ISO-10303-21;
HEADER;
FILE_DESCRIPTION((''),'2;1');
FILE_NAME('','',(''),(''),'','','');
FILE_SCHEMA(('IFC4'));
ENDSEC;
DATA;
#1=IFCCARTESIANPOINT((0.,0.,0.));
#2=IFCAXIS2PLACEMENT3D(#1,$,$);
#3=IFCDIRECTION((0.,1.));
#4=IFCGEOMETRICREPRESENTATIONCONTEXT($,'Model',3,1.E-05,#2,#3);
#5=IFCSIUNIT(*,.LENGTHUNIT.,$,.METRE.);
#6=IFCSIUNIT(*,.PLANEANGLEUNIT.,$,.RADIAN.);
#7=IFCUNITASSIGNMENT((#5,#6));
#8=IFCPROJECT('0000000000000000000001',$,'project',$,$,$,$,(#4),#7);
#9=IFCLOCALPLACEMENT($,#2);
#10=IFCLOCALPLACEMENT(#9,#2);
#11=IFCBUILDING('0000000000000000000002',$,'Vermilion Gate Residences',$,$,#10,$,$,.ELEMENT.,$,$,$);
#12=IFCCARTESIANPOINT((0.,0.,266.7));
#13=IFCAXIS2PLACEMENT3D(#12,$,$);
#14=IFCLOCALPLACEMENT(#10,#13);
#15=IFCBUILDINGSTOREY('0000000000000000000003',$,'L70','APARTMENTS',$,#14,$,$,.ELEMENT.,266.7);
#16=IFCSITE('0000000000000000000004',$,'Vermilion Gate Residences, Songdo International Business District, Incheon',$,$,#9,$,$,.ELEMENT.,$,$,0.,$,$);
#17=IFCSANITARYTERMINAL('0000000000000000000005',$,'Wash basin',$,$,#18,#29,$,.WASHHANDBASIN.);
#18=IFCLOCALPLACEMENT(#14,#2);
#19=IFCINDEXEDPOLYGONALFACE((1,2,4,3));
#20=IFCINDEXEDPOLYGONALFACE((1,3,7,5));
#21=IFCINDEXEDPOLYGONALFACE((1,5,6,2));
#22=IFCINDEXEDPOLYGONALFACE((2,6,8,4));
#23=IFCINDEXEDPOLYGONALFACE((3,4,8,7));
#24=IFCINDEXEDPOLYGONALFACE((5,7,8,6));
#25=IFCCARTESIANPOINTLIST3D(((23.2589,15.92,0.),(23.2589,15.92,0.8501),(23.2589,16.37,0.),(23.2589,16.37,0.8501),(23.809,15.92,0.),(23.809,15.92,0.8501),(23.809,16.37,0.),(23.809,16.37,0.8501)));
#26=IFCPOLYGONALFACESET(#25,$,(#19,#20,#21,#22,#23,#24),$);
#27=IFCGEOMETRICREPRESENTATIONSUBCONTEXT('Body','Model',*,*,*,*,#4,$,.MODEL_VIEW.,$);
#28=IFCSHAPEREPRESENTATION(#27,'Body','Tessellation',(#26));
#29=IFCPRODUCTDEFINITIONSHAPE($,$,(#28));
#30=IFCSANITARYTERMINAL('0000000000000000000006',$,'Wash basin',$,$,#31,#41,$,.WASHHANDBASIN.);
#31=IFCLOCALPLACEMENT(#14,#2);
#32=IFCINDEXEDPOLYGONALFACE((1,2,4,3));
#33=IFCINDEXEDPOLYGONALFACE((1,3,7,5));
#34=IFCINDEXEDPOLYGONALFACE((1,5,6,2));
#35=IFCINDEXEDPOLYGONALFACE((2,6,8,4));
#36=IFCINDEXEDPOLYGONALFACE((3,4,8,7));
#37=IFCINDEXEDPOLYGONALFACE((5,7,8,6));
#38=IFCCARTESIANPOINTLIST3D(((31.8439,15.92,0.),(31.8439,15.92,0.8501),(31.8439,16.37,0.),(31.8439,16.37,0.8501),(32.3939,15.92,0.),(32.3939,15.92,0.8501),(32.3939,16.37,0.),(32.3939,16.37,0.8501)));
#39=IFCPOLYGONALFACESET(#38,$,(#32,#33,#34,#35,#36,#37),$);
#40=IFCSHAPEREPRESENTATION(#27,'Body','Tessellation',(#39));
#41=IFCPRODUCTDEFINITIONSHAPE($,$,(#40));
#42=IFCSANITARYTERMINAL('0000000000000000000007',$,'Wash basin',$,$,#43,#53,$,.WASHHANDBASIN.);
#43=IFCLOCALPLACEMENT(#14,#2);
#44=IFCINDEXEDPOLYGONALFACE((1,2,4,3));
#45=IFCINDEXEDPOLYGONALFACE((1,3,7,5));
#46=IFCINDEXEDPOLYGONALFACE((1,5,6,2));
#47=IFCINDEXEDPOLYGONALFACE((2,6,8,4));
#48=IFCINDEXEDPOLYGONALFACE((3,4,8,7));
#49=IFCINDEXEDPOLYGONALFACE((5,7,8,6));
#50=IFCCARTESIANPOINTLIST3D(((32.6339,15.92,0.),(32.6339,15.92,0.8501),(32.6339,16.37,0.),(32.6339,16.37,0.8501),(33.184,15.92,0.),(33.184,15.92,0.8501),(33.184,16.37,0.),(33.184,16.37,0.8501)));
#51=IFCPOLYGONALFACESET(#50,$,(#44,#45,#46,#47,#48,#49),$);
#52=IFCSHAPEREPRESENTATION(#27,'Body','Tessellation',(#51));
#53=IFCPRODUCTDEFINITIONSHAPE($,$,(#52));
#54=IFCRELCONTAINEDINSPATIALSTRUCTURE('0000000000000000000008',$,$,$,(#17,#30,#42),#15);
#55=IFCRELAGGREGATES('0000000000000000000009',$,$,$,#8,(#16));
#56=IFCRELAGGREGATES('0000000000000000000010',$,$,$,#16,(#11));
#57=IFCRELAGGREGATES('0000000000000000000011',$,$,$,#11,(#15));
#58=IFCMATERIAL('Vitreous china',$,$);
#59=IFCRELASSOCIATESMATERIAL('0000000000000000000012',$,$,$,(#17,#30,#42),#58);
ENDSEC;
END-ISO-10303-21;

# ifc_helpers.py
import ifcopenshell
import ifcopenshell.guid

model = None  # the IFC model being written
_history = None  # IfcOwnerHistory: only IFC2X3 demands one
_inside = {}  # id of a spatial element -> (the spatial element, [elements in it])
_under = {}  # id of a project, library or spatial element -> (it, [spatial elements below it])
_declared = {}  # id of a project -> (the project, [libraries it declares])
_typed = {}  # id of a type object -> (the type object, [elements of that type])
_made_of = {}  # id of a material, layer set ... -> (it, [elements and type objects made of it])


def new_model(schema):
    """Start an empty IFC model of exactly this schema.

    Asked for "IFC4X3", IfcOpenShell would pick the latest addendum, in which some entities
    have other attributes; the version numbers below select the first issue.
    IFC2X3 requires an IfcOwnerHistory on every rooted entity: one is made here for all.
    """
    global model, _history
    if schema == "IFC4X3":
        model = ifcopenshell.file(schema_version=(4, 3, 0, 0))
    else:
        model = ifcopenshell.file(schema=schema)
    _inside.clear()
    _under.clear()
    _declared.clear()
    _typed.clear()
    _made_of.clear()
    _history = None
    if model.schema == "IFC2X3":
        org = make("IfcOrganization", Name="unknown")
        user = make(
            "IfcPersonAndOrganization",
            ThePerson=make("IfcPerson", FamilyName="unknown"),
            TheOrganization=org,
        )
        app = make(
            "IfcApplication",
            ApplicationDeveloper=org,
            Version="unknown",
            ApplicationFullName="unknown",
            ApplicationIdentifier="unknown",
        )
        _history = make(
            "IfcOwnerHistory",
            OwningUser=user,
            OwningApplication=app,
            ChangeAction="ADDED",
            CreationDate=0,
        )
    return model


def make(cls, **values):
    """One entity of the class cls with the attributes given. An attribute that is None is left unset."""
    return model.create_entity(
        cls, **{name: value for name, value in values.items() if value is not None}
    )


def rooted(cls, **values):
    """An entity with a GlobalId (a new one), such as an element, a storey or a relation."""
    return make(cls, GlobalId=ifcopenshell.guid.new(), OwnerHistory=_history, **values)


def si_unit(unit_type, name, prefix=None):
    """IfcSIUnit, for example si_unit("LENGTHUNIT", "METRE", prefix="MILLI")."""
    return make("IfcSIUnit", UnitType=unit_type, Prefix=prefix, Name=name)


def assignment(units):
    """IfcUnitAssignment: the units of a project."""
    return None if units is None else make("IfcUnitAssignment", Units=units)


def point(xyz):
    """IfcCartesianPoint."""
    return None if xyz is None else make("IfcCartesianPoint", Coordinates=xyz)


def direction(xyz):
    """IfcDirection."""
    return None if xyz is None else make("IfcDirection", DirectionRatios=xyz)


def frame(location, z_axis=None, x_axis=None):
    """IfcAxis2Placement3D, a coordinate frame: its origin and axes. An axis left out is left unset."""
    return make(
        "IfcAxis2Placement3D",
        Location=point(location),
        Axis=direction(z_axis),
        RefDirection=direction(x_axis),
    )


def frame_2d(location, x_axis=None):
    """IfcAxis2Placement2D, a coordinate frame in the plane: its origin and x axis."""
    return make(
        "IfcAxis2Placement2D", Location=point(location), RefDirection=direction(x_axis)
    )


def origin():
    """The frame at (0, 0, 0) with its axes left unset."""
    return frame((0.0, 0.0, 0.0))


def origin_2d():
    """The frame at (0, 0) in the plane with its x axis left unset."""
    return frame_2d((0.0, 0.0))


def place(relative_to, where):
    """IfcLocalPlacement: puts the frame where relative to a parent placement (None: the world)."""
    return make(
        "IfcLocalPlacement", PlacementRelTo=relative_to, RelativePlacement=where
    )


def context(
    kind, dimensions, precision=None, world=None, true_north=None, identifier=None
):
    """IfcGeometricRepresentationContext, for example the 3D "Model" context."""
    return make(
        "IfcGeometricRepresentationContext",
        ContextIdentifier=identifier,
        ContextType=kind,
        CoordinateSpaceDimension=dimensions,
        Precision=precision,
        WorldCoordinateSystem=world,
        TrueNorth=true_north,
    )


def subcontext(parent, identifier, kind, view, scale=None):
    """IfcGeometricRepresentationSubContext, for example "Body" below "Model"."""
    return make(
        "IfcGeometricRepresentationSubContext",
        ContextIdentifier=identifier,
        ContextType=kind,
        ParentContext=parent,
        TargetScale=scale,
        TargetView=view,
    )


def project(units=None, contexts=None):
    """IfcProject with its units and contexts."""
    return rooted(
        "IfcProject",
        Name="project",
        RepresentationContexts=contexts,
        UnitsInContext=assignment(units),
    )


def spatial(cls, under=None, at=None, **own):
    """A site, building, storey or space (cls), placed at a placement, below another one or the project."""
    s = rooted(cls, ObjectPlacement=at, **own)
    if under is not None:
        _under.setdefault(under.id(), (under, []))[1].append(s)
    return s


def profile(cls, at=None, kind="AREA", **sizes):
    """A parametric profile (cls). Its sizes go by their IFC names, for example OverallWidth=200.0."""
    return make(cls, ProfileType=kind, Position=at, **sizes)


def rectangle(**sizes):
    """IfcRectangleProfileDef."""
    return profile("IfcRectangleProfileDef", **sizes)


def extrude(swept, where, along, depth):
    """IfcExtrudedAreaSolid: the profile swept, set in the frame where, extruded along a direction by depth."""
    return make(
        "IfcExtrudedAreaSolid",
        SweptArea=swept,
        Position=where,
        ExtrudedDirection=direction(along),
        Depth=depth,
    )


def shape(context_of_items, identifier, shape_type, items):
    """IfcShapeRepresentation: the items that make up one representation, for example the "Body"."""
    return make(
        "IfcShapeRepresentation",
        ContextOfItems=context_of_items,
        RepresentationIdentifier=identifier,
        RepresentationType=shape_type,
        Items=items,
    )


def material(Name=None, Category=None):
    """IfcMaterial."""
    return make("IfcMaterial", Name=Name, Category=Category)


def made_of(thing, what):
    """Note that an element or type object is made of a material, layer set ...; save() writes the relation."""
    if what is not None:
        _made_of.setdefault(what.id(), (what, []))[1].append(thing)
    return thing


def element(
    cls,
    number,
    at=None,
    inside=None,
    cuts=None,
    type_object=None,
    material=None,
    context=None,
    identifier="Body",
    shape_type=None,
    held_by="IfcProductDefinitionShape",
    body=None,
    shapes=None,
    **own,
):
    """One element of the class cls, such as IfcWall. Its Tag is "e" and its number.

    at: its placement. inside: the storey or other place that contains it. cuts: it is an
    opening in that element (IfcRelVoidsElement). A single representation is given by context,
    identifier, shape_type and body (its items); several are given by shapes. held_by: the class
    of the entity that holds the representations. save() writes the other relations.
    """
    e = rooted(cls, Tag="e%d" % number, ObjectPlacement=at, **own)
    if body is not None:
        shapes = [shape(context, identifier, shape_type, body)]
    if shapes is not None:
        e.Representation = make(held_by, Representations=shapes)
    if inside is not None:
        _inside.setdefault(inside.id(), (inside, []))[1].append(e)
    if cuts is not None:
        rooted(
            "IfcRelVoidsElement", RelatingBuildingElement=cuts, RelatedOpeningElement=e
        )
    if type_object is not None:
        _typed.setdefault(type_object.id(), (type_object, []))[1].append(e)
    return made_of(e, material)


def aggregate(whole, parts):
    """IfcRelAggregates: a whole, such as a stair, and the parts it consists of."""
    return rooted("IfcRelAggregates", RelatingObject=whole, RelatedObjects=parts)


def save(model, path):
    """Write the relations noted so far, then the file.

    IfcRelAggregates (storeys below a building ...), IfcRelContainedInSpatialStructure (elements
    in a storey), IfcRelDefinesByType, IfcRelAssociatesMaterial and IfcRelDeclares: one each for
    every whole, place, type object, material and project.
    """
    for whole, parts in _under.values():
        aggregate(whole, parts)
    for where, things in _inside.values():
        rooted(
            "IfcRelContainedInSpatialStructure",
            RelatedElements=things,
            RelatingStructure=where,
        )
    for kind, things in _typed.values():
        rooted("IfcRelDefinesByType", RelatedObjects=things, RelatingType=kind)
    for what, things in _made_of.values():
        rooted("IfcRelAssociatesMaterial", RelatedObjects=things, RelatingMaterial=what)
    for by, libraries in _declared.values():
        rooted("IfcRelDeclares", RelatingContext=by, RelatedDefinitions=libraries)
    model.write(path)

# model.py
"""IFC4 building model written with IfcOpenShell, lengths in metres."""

from ifc_helpers import new_model, si_unit, direction, frame, origin, origin_2d, place, context, subcontext, project, spatial, rectangle, extrude, material, element, save


model = new_model("IFC4")

# Units and contexts
model_context = context("Model", 3, precision=1e-05, world=origin(), true_north=direction((0.0, 1.0)))
body_context = subcontext(model_context, "Body", "Model", "MODEL_VIEW")
ifc_project = project(units=[si_unit("LENGTHUNIT", "METRE"), si_unit("PLANEANGLEUNIT", "RADIAN")], contexts=[model_context])

# Site, building, storey
site_placement = place(None, origin())
site = spatial("IfcSite", under=ifc_project, at=site_placement, Name="Vermilion Gate Residences, Songdo International Business District, Incheon", CompositionType="ELEMENT", RefElevation=0.0)
building_placement = place(site_placement, origin())
building = spatial("IfcBuilding", under=site, at=building_placement, Name="Vermilion Gate Residences", CompositionType="ELEMENT")
storey_placement = place(building_placement, frame((0.0, 0.0, 266.7)))
storey = spatial("IfcBuildingStorey", under=building, at=storey_placement, Name="L70", Description="APARTMENTS", CompositionType="ELEMENT", Elevation=266.7)

# Sanitary terminals
ifc_material_1 = material(Name="Vitreous china")
for number, where, z_axis, x_axis, name in (
    (1, (23.5339, 16.145, 0.0), (0.0, 0.0, 1.0), (1.0, 0.0, 0.0), "Wash basin"),
    (2, (32.1189, 16.145, 0.0), (0.0, 0.0, 1.0), (1.0, 0.0, 0.0), "Wash basin"),
    (3, (32.9089, 16.145, 0.0), (0.0, 0.0, 1.0), (1.0, 0.0, 0.0), "Wash basin"),
):
    element("IfcSanitaryTerminal", number, at=place(storey_placement, frame(where, z_axis=z_axis, x_axis=x_axis)), inside=storey, material=ifc_material_1, Name=name, PredefinedType="WASHHANDBASIN", context=body_context, shape_type="SweptSolid", body=[
        extrude(rectangle(XDim=0.55, YDim=0.45, at=origin_2d()), origin(), (0.0, 0.0, 1.0), 0.8501),
    ])

save(model, "model.ifc")
